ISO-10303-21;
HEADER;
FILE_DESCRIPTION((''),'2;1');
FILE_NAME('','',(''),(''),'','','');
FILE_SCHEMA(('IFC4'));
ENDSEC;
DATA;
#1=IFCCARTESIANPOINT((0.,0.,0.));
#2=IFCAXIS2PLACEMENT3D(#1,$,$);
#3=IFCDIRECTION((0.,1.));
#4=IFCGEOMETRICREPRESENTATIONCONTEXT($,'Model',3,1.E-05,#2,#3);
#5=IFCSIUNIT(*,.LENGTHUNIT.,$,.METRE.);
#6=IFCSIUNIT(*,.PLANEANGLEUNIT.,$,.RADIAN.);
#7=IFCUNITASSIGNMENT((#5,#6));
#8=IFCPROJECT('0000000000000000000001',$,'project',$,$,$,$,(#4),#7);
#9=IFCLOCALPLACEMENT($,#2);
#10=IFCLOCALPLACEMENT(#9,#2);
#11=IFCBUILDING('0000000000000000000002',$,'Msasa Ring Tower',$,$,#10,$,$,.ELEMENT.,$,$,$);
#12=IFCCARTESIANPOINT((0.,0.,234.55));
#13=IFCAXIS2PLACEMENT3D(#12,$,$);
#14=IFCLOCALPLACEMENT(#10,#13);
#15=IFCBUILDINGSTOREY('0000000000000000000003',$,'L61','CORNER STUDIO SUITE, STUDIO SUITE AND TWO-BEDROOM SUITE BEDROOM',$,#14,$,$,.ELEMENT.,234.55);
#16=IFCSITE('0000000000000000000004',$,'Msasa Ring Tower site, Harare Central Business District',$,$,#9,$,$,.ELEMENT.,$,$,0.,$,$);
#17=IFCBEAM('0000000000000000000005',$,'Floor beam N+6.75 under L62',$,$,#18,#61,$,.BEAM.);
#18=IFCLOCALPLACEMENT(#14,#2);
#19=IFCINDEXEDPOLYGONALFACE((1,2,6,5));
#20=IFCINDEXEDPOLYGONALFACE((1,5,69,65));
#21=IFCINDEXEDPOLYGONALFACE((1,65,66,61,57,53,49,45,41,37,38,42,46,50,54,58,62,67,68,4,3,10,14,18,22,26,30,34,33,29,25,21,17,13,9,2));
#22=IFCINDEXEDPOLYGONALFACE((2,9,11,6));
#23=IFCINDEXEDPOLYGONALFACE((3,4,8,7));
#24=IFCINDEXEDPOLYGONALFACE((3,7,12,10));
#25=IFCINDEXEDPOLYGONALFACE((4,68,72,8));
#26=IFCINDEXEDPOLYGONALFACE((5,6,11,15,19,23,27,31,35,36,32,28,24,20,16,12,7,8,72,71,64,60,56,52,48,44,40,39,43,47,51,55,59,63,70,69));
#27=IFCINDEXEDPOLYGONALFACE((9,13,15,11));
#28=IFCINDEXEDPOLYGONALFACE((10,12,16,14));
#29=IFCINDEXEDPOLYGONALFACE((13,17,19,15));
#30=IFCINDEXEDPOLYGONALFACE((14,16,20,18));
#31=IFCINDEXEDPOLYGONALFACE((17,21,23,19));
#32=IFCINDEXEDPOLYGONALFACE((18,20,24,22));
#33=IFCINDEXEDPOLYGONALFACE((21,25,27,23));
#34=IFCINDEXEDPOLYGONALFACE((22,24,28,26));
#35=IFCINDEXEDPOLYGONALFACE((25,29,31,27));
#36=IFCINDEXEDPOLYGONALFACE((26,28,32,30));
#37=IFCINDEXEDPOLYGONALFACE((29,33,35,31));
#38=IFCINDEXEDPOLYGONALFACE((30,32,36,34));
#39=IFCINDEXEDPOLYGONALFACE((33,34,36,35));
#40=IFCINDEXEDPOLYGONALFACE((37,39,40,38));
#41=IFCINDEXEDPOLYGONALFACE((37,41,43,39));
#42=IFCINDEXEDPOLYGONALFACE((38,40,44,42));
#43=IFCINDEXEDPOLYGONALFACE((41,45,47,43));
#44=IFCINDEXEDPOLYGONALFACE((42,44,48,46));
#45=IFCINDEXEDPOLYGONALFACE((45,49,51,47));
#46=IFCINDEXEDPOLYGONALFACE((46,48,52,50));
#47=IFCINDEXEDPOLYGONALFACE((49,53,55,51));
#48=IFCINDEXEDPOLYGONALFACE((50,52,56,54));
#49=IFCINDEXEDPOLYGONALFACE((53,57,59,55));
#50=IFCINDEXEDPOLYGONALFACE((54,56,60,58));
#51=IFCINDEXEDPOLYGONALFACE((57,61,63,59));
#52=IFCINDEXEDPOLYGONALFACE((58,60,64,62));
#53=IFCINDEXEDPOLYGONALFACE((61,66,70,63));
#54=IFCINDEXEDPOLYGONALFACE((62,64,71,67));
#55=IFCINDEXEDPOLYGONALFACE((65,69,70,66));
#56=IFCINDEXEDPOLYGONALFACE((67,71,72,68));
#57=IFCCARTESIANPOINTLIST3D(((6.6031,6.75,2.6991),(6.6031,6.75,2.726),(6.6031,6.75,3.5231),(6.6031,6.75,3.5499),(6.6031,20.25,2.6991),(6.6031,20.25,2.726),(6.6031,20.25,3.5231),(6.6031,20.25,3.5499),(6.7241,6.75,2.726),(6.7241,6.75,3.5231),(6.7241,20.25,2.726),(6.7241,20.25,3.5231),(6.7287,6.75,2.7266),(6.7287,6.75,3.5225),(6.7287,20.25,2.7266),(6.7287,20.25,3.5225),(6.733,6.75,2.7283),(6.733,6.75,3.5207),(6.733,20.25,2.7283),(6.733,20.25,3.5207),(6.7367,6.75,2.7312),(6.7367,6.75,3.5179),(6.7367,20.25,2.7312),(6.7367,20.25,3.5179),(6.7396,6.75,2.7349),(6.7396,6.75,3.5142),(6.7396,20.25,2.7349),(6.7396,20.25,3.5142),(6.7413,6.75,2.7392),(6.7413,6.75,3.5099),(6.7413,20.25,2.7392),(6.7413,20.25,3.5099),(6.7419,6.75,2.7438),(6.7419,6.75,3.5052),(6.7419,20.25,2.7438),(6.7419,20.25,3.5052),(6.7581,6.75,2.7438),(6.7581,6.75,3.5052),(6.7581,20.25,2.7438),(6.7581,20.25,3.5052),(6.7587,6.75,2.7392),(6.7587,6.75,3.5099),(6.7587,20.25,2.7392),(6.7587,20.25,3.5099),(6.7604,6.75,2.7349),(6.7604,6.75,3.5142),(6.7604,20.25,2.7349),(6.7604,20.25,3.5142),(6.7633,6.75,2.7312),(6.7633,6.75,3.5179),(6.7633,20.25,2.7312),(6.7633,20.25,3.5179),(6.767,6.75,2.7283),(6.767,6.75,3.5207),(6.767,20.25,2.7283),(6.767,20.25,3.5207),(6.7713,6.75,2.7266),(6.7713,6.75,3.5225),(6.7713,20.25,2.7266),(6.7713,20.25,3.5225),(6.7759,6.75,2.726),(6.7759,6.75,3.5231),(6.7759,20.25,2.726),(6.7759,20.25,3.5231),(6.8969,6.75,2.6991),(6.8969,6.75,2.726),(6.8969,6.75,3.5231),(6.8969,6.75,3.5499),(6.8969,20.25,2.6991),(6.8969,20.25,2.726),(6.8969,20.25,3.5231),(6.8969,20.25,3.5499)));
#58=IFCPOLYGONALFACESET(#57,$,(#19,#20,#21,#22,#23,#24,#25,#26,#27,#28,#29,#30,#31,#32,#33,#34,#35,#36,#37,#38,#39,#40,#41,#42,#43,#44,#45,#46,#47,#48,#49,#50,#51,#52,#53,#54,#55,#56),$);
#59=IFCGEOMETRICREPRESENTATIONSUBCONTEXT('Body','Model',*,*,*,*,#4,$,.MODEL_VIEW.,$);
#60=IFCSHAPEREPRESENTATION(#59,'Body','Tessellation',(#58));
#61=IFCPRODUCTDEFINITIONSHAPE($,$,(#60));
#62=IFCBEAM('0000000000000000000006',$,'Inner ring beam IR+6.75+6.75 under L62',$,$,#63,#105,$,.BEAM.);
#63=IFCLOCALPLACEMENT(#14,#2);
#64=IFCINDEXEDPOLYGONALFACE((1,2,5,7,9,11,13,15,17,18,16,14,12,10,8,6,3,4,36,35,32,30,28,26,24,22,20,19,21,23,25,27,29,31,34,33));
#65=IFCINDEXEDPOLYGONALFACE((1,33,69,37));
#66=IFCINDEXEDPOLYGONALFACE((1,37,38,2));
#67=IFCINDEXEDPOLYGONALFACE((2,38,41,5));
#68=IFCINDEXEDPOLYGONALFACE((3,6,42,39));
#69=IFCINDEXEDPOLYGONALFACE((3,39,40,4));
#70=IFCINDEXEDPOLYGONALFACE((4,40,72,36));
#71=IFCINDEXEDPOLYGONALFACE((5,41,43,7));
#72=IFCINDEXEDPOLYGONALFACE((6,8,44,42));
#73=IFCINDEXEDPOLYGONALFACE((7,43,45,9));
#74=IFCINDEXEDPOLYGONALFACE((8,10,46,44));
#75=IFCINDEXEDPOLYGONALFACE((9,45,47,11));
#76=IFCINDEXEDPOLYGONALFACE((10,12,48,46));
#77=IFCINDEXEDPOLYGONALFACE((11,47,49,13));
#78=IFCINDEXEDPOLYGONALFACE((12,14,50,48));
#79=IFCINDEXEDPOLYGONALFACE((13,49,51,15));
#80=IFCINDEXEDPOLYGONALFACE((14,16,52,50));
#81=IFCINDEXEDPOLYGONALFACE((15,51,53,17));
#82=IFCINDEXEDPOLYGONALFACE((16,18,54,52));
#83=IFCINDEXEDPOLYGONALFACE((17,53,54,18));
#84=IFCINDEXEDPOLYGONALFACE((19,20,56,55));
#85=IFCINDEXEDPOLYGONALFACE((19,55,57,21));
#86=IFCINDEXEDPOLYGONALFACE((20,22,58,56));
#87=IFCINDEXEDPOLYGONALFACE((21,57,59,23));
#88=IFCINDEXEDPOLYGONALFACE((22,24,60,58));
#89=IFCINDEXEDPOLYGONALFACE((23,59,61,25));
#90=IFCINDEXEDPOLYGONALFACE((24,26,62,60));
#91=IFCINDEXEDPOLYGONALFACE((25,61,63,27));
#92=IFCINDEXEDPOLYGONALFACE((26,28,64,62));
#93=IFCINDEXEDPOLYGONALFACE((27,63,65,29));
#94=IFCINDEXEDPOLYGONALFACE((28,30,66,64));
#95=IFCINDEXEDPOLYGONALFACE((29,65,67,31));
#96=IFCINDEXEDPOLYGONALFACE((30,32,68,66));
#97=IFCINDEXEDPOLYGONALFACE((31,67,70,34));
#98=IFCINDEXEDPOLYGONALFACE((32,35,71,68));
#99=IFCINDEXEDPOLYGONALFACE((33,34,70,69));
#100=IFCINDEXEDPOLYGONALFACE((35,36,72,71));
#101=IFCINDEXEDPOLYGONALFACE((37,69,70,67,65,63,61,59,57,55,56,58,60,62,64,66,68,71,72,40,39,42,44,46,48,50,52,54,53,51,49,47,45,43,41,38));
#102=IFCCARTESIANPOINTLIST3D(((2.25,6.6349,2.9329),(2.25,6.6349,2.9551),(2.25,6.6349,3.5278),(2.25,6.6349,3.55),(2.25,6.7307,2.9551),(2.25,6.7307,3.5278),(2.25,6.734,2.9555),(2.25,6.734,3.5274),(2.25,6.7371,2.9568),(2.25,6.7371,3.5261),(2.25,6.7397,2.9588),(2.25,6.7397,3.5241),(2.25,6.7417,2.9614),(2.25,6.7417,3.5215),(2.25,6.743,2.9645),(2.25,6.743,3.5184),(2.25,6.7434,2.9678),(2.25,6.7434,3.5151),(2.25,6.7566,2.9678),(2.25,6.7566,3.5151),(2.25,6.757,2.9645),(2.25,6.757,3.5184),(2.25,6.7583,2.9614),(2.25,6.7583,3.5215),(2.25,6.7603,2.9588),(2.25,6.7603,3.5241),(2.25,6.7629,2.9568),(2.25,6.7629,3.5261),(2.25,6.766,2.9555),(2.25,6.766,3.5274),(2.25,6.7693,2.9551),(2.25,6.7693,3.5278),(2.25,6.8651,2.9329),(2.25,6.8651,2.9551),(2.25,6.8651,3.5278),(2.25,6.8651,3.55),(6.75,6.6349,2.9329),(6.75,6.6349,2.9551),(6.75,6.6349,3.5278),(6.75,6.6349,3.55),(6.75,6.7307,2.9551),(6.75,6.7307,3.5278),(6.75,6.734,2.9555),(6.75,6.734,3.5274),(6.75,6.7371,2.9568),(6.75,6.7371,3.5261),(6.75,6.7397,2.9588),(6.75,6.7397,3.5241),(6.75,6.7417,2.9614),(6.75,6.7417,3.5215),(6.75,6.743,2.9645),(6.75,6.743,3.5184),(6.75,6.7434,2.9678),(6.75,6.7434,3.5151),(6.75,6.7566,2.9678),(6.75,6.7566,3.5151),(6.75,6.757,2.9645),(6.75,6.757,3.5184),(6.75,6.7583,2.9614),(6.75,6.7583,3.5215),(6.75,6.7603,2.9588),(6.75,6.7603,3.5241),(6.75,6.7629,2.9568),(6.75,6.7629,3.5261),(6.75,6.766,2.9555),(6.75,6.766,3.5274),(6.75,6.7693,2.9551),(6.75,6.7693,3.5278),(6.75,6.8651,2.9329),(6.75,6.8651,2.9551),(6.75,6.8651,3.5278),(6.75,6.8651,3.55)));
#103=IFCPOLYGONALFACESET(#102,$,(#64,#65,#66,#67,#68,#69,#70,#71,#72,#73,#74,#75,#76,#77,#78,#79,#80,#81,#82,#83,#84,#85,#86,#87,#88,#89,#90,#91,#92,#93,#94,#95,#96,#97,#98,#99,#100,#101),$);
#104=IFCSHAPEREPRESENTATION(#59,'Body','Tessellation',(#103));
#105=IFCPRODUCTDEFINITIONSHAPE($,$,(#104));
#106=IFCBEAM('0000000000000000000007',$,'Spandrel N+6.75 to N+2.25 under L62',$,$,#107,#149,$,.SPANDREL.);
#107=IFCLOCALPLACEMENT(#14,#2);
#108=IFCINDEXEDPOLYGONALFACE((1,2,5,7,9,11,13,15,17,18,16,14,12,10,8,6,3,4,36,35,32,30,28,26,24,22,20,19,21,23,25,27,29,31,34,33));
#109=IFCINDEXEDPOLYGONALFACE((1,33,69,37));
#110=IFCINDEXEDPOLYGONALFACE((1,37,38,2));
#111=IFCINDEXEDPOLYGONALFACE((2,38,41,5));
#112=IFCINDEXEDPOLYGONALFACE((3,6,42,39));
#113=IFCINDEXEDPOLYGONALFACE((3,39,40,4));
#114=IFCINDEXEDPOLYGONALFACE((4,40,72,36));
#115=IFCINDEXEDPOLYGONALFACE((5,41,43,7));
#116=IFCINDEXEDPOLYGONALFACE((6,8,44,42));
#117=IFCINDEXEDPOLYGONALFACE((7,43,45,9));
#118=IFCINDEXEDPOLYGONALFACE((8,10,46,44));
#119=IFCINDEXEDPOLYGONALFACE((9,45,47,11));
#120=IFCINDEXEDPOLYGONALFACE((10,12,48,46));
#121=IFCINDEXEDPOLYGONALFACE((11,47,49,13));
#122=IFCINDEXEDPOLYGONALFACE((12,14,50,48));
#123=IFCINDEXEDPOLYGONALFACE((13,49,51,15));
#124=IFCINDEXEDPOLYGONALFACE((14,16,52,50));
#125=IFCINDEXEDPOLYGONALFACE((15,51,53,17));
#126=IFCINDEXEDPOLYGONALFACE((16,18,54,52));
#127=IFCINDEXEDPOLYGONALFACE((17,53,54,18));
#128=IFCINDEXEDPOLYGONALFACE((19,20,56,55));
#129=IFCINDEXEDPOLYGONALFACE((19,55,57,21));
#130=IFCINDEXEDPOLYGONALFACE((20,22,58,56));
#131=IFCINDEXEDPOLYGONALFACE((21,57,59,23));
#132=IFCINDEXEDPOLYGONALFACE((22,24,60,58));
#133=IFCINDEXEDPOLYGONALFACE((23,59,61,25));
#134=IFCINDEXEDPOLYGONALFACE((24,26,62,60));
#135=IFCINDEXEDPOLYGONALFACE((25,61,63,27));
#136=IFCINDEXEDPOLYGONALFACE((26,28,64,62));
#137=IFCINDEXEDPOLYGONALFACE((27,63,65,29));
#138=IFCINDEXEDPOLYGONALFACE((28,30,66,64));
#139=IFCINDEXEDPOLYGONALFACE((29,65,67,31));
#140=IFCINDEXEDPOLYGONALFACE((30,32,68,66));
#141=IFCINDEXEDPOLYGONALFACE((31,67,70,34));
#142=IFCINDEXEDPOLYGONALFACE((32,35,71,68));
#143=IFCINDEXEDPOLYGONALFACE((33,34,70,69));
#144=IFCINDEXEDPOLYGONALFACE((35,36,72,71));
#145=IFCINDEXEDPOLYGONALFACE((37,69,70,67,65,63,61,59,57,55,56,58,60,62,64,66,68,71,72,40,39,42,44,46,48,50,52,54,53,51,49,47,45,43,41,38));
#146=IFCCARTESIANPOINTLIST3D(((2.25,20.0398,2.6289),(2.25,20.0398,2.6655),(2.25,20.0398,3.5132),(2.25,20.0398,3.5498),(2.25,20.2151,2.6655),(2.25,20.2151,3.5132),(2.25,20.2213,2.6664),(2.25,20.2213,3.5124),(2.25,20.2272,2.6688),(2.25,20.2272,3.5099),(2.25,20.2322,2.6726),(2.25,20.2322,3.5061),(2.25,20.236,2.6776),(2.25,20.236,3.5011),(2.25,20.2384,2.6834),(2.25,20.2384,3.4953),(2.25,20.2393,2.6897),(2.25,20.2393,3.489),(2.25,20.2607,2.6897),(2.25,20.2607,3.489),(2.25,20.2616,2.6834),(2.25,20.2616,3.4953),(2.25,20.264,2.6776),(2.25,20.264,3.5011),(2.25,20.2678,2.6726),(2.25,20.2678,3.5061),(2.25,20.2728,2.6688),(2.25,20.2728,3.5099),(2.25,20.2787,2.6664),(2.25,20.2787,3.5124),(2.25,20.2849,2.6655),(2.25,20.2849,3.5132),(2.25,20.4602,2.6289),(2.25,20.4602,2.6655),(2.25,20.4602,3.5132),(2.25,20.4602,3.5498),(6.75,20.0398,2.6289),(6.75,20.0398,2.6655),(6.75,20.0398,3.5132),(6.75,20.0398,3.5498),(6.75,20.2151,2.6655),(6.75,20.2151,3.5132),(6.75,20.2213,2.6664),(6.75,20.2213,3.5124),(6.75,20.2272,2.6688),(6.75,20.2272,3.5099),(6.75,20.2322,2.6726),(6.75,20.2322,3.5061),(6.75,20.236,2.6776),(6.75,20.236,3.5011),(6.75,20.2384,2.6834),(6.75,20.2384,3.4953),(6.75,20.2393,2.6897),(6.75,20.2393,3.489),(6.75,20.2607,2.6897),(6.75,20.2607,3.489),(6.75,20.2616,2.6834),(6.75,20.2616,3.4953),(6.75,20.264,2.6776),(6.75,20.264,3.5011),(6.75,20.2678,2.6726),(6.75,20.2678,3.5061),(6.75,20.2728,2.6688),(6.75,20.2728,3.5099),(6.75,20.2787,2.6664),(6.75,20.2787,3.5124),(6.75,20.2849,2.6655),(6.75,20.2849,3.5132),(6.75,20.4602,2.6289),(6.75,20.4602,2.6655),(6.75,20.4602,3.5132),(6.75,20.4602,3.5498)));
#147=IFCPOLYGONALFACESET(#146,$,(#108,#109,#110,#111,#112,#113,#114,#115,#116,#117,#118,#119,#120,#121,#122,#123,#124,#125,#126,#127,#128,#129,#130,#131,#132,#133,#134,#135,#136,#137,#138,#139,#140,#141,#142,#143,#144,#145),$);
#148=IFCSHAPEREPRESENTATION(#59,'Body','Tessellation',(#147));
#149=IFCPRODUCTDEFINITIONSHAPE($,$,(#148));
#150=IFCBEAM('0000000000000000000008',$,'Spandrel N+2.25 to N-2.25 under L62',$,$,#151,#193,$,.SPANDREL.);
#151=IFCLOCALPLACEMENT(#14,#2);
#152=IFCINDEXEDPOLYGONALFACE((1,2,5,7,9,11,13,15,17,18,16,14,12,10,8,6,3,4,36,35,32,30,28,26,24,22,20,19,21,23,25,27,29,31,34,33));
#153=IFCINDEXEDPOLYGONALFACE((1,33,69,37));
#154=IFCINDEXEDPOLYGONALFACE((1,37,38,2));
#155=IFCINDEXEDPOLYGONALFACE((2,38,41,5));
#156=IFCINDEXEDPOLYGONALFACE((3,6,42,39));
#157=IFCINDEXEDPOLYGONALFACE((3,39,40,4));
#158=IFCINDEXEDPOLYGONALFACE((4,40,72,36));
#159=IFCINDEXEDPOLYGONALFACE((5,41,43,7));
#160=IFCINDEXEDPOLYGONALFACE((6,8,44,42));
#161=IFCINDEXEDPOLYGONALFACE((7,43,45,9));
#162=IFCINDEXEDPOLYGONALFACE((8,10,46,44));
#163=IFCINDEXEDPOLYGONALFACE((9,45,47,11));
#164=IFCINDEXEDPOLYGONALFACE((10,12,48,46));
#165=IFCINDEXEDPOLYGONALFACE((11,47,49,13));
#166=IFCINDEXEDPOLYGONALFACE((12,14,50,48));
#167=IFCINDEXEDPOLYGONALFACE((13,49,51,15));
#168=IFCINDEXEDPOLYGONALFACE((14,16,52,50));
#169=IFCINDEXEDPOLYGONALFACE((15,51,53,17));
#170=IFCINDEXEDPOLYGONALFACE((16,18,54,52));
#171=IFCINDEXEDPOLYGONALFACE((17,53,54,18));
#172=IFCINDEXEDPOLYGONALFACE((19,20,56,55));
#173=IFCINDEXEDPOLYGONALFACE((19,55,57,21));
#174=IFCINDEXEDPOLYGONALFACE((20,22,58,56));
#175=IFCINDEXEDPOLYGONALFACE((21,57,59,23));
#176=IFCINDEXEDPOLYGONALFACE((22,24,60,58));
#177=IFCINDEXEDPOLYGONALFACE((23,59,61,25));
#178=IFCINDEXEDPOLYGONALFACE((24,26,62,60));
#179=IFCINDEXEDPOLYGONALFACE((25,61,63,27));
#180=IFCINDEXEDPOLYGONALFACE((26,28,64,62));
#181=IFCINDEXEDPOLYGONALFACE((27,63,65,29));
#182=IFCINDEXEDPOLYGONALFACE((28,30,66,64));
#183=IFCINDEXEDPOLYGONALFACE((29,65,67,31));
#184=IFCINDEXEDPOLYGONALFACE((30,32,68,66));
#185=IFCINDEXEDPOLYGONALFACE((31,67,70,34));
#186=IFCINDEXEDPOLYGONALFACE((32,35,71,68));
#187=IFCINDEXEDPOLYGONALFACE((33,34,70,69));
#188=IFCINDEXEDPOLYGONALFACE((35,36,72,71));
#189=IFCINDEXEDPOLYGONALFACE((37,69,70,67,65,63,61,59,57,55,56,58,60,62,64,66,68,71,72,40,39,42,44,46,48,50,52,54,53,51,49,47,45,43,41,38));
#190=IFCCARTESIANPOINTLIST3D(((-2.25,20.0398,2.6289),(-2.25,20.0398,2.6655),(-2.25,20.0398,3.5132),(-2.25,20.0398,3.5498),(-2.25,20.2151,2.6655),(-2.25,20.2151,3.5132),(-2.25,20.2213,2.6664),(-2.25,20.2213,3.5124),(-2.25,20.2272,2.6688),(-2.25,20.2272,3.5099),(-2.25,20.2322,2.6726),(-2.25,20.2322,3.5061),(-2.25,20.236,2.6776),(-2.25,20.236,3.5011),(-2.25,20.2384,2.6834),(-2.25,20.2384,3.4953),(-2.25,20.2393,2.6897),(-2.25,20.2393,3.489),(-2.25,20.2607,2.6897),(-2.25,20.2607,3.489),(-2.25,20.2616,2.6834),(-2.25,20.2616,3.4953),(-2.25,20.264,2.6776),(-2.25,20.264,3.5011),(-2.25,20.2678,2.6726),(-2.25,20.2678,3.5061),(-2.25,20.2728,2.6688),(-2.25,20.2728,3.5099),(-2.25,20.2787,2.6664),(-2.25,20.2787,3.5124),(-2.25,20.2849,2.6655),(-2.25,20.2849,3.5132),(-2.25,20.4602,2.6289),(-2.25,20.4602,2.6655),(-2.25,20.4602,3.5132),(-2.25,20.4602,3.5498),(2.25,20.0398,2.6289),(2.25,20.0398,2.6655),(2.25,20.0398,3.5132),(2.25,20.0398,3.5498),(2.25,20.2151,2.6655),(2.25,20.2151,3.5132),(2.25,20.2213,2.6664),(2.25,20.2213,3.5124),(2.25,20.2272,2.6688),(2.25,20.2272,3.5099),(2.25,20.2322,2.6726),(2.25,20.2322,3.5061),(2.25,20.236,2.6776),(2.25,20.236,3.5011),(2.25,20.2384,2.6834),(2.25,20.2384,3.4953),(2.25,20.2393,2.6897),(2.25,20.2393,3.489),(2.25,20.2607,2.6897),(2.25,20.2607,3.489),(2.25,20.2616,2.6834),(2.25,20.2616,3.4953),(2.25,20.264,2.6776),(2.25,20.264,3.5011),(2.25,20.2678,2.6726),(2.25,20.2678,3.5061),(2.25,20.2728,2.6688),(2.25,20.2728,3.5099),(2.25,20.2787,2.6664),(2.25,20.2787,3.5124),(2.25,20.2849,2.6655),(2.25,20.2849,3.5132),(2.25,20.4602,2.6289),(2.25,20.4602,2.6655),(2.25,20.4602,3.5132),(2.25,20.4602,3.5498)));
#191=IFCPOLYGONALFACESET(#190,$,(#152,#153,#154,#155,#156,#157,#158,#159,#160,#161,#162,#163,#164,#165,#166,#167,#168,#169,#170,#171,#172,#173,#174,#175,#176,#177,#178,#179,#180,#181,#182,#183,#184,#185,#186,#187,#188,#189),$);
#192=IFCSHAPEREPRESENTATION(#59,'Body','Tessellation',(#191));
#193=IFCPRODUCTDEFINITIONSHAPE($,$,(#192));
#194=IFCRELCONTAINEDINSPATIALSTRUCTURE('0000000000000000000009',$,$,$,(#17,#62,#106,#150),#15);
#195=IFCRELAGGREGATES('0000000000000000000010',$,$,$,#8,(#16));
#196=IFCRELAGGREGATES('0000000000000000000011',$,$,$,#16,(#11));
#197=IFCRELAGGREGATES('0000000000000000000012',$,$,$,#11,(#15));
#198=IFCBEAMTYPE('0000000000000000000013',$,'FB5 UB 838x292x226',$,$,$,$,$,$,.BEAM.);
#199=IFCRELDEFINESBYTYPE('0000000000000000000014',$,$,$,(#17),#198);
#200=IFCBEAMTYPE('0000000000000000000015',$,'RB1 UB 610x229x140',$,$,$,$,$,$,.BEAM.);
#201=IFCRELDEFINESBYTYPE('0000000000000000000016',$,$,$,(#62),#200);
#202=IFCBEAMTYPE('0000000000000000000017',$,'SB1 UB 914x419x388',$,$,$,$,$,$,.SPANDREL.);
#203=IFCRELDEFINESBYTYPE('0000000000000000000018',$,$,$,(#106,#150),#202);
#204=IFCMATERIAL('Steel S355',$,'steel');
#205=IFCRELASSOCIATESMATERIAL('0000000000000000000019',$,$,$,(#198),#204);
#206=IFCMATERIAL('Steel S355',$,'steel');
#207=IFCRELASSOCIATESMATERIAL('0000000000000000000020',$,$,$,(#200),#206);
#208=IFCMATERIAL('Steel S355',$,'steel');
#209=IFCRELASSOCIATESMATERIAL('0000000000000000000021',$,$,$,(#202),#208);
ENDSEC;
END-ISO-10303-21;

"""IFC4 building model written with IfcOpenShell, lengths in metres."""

from ifc_helpers import new_model, si_unit, direction, frame, origin, origin_2d, place, context, subcontext, project, spatial, i_section, extrude, material, material_profile, profile_set, type_object, element, save


model = new_model("IFC4")

# Units and contexts
model_context = context("Model", 3, precision=1e-05, world=origin(), true_north=direction((0.0, 1.0)))
body_context = subcontext(model_context, "Body", "Model", "MODEL_VIEW")
ifc_project = project(units=[si_unit("LENGTHUNIT", "METRE"), si_unit("PLANEANGLEUNIT", "RADIAN")], contexts=[model_context])

# Site, building, storey
site_placement = place(None, origin())
site = spatial("IfcSite", under=ifc_project, at=site_placement, Name="Msasa Ring Tower site, Harare Central Business District", CompositionType="ELEMENT", RefElevation=0.0)
building_placement = place(site_placement, origin())
building = spatial("IfcBuilding", under=site, at=building_placement, Name="Msasa Ring Tower", CompositionType="ELEMENT")
storey_placement = place(building_placement, frame((0.0, 0.0, 234.55)))
storey = spatial("IfcBuildingStorey", under=building, at=storey_placement, Name="L61", Description="CORNER STUDIO SUITE, STUDIO SUITE AND TWO-BEDROOM SUITE BEDROOM", CompositionType="ELEMENT", Elevation=234.55)

# Beams
ifc_material_1 = material(Name="Steel S355", Category="steel")
ifc_material_profile_1 = material_profile(ifc_material_1, i_section(OverallWidth=0.2937, OverallDepth=0.8508, WebThickness=0.0161, FlangeThickness=0.0269, FilletRadius=0.0178, at=origin_2d()), Name="UB 838x292x226")
ifc_profile_set_1 = profile_set([ifc_material_profile_1], Name="Steel S355")
beam_type_1 = type_object("IfcBeamType", Name="FB5 UB 838x292x226", PredefinedType="BEAM", material=ifc_profile_set_1)
for number, where, z_axis, x_axis, name in (
    (1, (6.75, 20.25, 3.1245), (0.0, -1.0, 0.0), (1.0, 0.0, 0.0), "Floor beam N+6.75 under L62"),
):
    element("IfcBeam", number, at=place(storey_placement, frame(where, z_axis=z_axis, x_axis=x_axis)), inside=storey, type_object=beam_type_1, Name=name, PredefinedType="BEAM", context=body_context, shape_type="SweptSolid", body=[
        extrude(i_section(OverallWidth=0.2937, OverallDepth=0.8508, WebThickness=0.0161, FlangeThickness=0.0269, FilletRadius=0.0178, at=origin_2d()), origin(), (0.0, 0.0, 1.0), 13.5),
    ])
ifc_material_2 = material(Name="Steel S355", Category="steel")
ifc_material_profile_2 = material_profile(ifc_material_2, i_section(OverallWidth=0.2302, OverallDepth=0.6172, WebThickness=0.0132, FlangeThickness=0.0222, FilletRadius=0.0127, at=origin_2d()), Name="UB 610x229x140")
ifc_profile_set_2 = profile_set([ifc_material_profile_2], Name="Steel S355")
beam_type_2 = type_object("IfcBeamType", Name="RB1 UB 610x229x140", PredefinedType="BEAM", material=ifc_profile_set_2)
beam_placement = place(storey_placement, frame((6.75, 6.75, 3.2415), z_axis=(-1.0, 0.0, 0.0), x_axis=(0.0, -1.0, 0.0)))
element("IfcBeam", 2, at=beam_placement, inside=storey, type_object=beam_type_2, Name="Inner ring beam IR+6.75+6.75 under L62", PredefinedType="BEAM", context=body_context, shape_type="SweptSolid", body=[
    extrude(i_section(OverallWidth=0.2302, OverallDepth=0.6172, WebThickness=0.0132, FlangeThickness=0.0222, FilletRadius=0.0127, at=origin_2d()), origin(), (0.0, 0.0, 1.0), 4.5),
])
ifc_material_3 = material(Name="Steel S355", Category="steel")
ifc_material_profile_3 = material_profile(ifc_material_3, i_section(OverallWidth=0.4204, OverallDepth=0.9209, WebThickness=0.0215, FlangeThickness=0.0366, FilletRadius=0.0242, at=origin_2d()), Name="UB 914x419x388")
ifc_profile_set_3 = profile_set([ifc_material_profile_3], Name="Steel S355")
beam_type_3 = type_object("IfcBeamType", Name="SB1 UB 914x419x388", PredefinedType="SPANDREL", material=ifc_profile_set_3)
for number, where, z_axis, x_axis, name in (
    (3, (6.75, 20.25, 3.0894), (-1.0, 0.0, 0.0), (0.0, -1.0, 0.0), "Spandrel N+6.75 to N+2.25 under L62"),
    (4, (2.25, 20.25, 3.0894), (-1.0, 0.0, 0.0), (0.0, -1.0, 0.0), "Spandrel N+2.25 to N-2.25 under L62"),
):
    element("IfcBeam", number, at=place(storey_placement, frame(where, z_axis=z_axis, x_axis=x_axis)), inside=storey, type_object=beam_type_3, Name=name, PredefinedType="SPANDREL", context=body_context, shape_type="SweptSolid", body=[
        extrude(i_section(OverallWidth=0.4204, OverallDepth=0.9209, WebThickness=0.0215, FlangeThickness=0.0366, FilletRadius=0.0242, at=origin_2d()), origin(), (0.0, 0.0, 1.0), 4.5),
    ])

save(model, "model.ifc")
